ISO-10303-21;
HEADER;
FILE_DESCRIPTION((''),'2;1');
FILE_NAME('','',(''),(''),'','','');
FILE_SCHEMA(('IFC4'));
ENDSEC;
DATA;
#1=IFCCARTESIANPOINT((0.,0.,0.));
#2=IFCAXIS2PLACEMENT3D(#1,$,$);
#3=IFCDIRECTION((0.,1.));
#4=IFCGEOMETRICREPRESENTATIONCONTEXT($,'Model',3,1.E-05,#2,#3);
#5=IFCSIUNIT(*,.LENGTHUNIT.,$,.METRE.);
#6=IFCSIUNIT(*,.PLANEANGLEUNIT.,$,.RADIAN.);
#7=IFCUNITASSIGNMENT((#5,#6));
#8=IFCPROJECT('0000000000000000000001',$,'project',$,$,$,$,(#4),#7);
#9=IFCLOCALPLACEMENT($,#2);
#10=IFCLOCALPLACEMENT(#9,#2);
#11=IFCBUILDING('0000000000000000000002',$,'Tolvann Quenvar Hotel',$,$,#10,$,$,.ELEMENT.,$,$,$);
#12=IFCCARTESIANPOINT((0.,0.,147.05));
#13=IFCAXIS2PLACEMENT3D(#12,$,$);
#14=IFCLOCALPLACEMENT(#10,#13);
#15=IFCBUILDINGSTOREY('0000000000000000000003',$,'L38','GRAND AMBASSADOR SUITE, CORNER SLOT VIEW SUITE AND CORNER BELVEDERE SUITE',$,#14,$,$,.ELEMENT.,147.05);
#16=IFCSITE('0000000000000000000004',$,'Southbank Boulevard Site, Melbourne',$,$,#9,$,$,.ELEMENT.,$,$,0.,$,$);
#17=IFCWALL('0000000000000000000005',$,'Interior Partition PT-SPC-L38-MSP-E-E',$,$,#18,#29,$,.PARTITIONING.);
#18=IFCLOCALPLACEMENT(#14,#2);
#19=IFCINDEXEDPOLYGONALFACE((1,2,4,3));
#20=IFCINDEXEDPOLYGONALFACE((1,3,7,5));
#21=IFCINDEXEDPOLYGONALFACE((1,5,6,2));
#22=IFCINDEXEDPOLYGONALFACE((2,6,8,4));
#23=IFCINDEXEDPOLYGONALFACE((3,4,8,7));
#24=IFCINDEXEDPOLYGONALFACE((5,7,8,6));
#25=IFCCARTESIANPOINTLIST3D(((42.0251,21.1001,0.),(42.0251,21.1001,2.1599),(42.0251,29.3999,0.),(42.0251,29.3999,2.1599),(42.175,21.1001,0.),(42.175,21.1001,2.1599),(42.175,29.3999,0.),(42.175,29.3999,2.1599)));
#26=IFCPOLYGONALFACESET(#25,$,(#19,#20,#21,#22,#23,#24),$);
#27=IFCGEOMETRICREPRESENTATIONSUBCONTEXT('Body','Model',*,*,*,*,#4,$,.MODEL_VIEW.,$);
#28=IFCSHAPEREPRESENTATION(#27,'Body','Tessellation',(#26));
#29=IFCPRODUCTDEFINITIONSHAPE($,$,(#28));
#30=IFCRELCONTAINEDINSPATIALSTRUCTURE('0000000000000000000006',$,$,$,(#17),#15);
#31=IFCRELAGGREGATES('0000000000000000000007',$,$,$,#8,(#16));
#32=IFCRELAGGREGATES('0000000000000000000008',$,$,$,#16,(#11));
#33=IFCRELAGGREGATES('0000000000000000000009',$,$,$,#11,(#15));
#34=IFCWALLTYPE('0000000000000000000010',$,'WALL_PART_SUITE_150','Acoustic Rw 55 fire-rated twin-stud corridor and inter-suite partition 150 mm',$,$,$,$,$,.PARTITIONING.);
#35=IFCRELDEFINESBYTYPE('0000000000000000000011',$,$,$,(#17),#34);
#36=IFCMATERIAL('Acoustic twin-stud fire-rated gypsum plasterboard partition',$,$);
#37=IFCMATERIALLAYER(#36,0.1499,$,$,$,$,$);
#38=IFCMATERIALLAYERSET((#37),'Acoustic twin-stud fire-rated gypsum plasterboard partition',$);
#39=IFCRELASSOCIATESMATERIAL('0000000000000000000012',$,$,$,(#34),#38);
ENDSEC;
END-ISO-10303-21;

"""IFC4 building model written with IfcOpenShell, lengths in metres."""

from ifc_helpers import new_model, si_unit, direction, frame, frame_2d, origin, place, context, subcontext, project, spatial, rectangle, extrude, material, layer, layer_set, type_object, element, save


model = new_model("IFC4")

# Units and contexts
model_context = context("Model", 3, precision=1e-05, world=origin(), true_north=direction((0.0, 1.0)))
body_context = subcontext(model_context, "Body", "Model", "MODEL_VIEW")
ifc_project = project(units=[si_unit("LENGTHUNIT", "METRE"), si_unit("PLANEANGLEUNIT", "RADIAN")], contexts=[model_context])

# Site, building, storey
site_placement = place(None, origin())
site = spatial("IfcSite", under=ifc_project, at=site_placement, Name="Southbank Boulevard Site, Melbourne", CompositionType="ELEMENT", RefElevation=0.0)
building_placement = place(site_placement, origin())
building = spatial("IfcBuilding", under=site, at=building_placement, Name="Tolvann Quenvar Hotel", CompositionType="ELEMENT")
storey_placement = place(building_placement, frame((0.0, 0.0, 147.05)))
storey = spatial("IfcBuildingStorey", under=building, at=storey_placement, Name="L38", Description="GRAND AMBASSADOR SUITE, CORNER SLOT VIEW SUITE AND CORNER BELVEDERE SUITE", CompositionType="ELEMENT", Elevation=147.05)

# Shared definitions
ifc_material_1 = material(Name="Acoustic twin-stud fire-rated gypsum plasterboard partition")
ifc_layer = layer(ifc_material_1, 0.1499)
ifc_layer_set = layer_set([ifc_layer], Name="Acoustic twin-stud fire-rated gypsum plasterboard partition")
wall_type = type_object("IfcWallType", Name="WALL_PART_SUITE_150", Description="Acoustic Rw 55 fire-rated twin-stud corridor and inter-suite partition 150 mm", PredefinedType="PARTITIONING", material=ifc_layer_set)

# Wall
wall_1_placement = place(storey_placement, frame((42.1001, 21.1001, 0.0), z_axis=(0.0, 0.0, 1.0), x_axis=(0.0, 1.0, 0.0)))
element("IfcWall", 1, at=wall_1_placement, inside=storey, type_object=wall_type, Name="Interior Partition PT-SPC-L38-MSP-E-E", PredefinedType="PARTITIONING", context=body_context, shape_type="SweptSolid", body=[
    extrude(rectangle(XDim=8.2998, YDim=0.1499, at=frame_2d((4.1499, 0.0))), origin(), (0.0, 0.0, 1.0), 2.1599),
])

save(model, "model.ifc")
